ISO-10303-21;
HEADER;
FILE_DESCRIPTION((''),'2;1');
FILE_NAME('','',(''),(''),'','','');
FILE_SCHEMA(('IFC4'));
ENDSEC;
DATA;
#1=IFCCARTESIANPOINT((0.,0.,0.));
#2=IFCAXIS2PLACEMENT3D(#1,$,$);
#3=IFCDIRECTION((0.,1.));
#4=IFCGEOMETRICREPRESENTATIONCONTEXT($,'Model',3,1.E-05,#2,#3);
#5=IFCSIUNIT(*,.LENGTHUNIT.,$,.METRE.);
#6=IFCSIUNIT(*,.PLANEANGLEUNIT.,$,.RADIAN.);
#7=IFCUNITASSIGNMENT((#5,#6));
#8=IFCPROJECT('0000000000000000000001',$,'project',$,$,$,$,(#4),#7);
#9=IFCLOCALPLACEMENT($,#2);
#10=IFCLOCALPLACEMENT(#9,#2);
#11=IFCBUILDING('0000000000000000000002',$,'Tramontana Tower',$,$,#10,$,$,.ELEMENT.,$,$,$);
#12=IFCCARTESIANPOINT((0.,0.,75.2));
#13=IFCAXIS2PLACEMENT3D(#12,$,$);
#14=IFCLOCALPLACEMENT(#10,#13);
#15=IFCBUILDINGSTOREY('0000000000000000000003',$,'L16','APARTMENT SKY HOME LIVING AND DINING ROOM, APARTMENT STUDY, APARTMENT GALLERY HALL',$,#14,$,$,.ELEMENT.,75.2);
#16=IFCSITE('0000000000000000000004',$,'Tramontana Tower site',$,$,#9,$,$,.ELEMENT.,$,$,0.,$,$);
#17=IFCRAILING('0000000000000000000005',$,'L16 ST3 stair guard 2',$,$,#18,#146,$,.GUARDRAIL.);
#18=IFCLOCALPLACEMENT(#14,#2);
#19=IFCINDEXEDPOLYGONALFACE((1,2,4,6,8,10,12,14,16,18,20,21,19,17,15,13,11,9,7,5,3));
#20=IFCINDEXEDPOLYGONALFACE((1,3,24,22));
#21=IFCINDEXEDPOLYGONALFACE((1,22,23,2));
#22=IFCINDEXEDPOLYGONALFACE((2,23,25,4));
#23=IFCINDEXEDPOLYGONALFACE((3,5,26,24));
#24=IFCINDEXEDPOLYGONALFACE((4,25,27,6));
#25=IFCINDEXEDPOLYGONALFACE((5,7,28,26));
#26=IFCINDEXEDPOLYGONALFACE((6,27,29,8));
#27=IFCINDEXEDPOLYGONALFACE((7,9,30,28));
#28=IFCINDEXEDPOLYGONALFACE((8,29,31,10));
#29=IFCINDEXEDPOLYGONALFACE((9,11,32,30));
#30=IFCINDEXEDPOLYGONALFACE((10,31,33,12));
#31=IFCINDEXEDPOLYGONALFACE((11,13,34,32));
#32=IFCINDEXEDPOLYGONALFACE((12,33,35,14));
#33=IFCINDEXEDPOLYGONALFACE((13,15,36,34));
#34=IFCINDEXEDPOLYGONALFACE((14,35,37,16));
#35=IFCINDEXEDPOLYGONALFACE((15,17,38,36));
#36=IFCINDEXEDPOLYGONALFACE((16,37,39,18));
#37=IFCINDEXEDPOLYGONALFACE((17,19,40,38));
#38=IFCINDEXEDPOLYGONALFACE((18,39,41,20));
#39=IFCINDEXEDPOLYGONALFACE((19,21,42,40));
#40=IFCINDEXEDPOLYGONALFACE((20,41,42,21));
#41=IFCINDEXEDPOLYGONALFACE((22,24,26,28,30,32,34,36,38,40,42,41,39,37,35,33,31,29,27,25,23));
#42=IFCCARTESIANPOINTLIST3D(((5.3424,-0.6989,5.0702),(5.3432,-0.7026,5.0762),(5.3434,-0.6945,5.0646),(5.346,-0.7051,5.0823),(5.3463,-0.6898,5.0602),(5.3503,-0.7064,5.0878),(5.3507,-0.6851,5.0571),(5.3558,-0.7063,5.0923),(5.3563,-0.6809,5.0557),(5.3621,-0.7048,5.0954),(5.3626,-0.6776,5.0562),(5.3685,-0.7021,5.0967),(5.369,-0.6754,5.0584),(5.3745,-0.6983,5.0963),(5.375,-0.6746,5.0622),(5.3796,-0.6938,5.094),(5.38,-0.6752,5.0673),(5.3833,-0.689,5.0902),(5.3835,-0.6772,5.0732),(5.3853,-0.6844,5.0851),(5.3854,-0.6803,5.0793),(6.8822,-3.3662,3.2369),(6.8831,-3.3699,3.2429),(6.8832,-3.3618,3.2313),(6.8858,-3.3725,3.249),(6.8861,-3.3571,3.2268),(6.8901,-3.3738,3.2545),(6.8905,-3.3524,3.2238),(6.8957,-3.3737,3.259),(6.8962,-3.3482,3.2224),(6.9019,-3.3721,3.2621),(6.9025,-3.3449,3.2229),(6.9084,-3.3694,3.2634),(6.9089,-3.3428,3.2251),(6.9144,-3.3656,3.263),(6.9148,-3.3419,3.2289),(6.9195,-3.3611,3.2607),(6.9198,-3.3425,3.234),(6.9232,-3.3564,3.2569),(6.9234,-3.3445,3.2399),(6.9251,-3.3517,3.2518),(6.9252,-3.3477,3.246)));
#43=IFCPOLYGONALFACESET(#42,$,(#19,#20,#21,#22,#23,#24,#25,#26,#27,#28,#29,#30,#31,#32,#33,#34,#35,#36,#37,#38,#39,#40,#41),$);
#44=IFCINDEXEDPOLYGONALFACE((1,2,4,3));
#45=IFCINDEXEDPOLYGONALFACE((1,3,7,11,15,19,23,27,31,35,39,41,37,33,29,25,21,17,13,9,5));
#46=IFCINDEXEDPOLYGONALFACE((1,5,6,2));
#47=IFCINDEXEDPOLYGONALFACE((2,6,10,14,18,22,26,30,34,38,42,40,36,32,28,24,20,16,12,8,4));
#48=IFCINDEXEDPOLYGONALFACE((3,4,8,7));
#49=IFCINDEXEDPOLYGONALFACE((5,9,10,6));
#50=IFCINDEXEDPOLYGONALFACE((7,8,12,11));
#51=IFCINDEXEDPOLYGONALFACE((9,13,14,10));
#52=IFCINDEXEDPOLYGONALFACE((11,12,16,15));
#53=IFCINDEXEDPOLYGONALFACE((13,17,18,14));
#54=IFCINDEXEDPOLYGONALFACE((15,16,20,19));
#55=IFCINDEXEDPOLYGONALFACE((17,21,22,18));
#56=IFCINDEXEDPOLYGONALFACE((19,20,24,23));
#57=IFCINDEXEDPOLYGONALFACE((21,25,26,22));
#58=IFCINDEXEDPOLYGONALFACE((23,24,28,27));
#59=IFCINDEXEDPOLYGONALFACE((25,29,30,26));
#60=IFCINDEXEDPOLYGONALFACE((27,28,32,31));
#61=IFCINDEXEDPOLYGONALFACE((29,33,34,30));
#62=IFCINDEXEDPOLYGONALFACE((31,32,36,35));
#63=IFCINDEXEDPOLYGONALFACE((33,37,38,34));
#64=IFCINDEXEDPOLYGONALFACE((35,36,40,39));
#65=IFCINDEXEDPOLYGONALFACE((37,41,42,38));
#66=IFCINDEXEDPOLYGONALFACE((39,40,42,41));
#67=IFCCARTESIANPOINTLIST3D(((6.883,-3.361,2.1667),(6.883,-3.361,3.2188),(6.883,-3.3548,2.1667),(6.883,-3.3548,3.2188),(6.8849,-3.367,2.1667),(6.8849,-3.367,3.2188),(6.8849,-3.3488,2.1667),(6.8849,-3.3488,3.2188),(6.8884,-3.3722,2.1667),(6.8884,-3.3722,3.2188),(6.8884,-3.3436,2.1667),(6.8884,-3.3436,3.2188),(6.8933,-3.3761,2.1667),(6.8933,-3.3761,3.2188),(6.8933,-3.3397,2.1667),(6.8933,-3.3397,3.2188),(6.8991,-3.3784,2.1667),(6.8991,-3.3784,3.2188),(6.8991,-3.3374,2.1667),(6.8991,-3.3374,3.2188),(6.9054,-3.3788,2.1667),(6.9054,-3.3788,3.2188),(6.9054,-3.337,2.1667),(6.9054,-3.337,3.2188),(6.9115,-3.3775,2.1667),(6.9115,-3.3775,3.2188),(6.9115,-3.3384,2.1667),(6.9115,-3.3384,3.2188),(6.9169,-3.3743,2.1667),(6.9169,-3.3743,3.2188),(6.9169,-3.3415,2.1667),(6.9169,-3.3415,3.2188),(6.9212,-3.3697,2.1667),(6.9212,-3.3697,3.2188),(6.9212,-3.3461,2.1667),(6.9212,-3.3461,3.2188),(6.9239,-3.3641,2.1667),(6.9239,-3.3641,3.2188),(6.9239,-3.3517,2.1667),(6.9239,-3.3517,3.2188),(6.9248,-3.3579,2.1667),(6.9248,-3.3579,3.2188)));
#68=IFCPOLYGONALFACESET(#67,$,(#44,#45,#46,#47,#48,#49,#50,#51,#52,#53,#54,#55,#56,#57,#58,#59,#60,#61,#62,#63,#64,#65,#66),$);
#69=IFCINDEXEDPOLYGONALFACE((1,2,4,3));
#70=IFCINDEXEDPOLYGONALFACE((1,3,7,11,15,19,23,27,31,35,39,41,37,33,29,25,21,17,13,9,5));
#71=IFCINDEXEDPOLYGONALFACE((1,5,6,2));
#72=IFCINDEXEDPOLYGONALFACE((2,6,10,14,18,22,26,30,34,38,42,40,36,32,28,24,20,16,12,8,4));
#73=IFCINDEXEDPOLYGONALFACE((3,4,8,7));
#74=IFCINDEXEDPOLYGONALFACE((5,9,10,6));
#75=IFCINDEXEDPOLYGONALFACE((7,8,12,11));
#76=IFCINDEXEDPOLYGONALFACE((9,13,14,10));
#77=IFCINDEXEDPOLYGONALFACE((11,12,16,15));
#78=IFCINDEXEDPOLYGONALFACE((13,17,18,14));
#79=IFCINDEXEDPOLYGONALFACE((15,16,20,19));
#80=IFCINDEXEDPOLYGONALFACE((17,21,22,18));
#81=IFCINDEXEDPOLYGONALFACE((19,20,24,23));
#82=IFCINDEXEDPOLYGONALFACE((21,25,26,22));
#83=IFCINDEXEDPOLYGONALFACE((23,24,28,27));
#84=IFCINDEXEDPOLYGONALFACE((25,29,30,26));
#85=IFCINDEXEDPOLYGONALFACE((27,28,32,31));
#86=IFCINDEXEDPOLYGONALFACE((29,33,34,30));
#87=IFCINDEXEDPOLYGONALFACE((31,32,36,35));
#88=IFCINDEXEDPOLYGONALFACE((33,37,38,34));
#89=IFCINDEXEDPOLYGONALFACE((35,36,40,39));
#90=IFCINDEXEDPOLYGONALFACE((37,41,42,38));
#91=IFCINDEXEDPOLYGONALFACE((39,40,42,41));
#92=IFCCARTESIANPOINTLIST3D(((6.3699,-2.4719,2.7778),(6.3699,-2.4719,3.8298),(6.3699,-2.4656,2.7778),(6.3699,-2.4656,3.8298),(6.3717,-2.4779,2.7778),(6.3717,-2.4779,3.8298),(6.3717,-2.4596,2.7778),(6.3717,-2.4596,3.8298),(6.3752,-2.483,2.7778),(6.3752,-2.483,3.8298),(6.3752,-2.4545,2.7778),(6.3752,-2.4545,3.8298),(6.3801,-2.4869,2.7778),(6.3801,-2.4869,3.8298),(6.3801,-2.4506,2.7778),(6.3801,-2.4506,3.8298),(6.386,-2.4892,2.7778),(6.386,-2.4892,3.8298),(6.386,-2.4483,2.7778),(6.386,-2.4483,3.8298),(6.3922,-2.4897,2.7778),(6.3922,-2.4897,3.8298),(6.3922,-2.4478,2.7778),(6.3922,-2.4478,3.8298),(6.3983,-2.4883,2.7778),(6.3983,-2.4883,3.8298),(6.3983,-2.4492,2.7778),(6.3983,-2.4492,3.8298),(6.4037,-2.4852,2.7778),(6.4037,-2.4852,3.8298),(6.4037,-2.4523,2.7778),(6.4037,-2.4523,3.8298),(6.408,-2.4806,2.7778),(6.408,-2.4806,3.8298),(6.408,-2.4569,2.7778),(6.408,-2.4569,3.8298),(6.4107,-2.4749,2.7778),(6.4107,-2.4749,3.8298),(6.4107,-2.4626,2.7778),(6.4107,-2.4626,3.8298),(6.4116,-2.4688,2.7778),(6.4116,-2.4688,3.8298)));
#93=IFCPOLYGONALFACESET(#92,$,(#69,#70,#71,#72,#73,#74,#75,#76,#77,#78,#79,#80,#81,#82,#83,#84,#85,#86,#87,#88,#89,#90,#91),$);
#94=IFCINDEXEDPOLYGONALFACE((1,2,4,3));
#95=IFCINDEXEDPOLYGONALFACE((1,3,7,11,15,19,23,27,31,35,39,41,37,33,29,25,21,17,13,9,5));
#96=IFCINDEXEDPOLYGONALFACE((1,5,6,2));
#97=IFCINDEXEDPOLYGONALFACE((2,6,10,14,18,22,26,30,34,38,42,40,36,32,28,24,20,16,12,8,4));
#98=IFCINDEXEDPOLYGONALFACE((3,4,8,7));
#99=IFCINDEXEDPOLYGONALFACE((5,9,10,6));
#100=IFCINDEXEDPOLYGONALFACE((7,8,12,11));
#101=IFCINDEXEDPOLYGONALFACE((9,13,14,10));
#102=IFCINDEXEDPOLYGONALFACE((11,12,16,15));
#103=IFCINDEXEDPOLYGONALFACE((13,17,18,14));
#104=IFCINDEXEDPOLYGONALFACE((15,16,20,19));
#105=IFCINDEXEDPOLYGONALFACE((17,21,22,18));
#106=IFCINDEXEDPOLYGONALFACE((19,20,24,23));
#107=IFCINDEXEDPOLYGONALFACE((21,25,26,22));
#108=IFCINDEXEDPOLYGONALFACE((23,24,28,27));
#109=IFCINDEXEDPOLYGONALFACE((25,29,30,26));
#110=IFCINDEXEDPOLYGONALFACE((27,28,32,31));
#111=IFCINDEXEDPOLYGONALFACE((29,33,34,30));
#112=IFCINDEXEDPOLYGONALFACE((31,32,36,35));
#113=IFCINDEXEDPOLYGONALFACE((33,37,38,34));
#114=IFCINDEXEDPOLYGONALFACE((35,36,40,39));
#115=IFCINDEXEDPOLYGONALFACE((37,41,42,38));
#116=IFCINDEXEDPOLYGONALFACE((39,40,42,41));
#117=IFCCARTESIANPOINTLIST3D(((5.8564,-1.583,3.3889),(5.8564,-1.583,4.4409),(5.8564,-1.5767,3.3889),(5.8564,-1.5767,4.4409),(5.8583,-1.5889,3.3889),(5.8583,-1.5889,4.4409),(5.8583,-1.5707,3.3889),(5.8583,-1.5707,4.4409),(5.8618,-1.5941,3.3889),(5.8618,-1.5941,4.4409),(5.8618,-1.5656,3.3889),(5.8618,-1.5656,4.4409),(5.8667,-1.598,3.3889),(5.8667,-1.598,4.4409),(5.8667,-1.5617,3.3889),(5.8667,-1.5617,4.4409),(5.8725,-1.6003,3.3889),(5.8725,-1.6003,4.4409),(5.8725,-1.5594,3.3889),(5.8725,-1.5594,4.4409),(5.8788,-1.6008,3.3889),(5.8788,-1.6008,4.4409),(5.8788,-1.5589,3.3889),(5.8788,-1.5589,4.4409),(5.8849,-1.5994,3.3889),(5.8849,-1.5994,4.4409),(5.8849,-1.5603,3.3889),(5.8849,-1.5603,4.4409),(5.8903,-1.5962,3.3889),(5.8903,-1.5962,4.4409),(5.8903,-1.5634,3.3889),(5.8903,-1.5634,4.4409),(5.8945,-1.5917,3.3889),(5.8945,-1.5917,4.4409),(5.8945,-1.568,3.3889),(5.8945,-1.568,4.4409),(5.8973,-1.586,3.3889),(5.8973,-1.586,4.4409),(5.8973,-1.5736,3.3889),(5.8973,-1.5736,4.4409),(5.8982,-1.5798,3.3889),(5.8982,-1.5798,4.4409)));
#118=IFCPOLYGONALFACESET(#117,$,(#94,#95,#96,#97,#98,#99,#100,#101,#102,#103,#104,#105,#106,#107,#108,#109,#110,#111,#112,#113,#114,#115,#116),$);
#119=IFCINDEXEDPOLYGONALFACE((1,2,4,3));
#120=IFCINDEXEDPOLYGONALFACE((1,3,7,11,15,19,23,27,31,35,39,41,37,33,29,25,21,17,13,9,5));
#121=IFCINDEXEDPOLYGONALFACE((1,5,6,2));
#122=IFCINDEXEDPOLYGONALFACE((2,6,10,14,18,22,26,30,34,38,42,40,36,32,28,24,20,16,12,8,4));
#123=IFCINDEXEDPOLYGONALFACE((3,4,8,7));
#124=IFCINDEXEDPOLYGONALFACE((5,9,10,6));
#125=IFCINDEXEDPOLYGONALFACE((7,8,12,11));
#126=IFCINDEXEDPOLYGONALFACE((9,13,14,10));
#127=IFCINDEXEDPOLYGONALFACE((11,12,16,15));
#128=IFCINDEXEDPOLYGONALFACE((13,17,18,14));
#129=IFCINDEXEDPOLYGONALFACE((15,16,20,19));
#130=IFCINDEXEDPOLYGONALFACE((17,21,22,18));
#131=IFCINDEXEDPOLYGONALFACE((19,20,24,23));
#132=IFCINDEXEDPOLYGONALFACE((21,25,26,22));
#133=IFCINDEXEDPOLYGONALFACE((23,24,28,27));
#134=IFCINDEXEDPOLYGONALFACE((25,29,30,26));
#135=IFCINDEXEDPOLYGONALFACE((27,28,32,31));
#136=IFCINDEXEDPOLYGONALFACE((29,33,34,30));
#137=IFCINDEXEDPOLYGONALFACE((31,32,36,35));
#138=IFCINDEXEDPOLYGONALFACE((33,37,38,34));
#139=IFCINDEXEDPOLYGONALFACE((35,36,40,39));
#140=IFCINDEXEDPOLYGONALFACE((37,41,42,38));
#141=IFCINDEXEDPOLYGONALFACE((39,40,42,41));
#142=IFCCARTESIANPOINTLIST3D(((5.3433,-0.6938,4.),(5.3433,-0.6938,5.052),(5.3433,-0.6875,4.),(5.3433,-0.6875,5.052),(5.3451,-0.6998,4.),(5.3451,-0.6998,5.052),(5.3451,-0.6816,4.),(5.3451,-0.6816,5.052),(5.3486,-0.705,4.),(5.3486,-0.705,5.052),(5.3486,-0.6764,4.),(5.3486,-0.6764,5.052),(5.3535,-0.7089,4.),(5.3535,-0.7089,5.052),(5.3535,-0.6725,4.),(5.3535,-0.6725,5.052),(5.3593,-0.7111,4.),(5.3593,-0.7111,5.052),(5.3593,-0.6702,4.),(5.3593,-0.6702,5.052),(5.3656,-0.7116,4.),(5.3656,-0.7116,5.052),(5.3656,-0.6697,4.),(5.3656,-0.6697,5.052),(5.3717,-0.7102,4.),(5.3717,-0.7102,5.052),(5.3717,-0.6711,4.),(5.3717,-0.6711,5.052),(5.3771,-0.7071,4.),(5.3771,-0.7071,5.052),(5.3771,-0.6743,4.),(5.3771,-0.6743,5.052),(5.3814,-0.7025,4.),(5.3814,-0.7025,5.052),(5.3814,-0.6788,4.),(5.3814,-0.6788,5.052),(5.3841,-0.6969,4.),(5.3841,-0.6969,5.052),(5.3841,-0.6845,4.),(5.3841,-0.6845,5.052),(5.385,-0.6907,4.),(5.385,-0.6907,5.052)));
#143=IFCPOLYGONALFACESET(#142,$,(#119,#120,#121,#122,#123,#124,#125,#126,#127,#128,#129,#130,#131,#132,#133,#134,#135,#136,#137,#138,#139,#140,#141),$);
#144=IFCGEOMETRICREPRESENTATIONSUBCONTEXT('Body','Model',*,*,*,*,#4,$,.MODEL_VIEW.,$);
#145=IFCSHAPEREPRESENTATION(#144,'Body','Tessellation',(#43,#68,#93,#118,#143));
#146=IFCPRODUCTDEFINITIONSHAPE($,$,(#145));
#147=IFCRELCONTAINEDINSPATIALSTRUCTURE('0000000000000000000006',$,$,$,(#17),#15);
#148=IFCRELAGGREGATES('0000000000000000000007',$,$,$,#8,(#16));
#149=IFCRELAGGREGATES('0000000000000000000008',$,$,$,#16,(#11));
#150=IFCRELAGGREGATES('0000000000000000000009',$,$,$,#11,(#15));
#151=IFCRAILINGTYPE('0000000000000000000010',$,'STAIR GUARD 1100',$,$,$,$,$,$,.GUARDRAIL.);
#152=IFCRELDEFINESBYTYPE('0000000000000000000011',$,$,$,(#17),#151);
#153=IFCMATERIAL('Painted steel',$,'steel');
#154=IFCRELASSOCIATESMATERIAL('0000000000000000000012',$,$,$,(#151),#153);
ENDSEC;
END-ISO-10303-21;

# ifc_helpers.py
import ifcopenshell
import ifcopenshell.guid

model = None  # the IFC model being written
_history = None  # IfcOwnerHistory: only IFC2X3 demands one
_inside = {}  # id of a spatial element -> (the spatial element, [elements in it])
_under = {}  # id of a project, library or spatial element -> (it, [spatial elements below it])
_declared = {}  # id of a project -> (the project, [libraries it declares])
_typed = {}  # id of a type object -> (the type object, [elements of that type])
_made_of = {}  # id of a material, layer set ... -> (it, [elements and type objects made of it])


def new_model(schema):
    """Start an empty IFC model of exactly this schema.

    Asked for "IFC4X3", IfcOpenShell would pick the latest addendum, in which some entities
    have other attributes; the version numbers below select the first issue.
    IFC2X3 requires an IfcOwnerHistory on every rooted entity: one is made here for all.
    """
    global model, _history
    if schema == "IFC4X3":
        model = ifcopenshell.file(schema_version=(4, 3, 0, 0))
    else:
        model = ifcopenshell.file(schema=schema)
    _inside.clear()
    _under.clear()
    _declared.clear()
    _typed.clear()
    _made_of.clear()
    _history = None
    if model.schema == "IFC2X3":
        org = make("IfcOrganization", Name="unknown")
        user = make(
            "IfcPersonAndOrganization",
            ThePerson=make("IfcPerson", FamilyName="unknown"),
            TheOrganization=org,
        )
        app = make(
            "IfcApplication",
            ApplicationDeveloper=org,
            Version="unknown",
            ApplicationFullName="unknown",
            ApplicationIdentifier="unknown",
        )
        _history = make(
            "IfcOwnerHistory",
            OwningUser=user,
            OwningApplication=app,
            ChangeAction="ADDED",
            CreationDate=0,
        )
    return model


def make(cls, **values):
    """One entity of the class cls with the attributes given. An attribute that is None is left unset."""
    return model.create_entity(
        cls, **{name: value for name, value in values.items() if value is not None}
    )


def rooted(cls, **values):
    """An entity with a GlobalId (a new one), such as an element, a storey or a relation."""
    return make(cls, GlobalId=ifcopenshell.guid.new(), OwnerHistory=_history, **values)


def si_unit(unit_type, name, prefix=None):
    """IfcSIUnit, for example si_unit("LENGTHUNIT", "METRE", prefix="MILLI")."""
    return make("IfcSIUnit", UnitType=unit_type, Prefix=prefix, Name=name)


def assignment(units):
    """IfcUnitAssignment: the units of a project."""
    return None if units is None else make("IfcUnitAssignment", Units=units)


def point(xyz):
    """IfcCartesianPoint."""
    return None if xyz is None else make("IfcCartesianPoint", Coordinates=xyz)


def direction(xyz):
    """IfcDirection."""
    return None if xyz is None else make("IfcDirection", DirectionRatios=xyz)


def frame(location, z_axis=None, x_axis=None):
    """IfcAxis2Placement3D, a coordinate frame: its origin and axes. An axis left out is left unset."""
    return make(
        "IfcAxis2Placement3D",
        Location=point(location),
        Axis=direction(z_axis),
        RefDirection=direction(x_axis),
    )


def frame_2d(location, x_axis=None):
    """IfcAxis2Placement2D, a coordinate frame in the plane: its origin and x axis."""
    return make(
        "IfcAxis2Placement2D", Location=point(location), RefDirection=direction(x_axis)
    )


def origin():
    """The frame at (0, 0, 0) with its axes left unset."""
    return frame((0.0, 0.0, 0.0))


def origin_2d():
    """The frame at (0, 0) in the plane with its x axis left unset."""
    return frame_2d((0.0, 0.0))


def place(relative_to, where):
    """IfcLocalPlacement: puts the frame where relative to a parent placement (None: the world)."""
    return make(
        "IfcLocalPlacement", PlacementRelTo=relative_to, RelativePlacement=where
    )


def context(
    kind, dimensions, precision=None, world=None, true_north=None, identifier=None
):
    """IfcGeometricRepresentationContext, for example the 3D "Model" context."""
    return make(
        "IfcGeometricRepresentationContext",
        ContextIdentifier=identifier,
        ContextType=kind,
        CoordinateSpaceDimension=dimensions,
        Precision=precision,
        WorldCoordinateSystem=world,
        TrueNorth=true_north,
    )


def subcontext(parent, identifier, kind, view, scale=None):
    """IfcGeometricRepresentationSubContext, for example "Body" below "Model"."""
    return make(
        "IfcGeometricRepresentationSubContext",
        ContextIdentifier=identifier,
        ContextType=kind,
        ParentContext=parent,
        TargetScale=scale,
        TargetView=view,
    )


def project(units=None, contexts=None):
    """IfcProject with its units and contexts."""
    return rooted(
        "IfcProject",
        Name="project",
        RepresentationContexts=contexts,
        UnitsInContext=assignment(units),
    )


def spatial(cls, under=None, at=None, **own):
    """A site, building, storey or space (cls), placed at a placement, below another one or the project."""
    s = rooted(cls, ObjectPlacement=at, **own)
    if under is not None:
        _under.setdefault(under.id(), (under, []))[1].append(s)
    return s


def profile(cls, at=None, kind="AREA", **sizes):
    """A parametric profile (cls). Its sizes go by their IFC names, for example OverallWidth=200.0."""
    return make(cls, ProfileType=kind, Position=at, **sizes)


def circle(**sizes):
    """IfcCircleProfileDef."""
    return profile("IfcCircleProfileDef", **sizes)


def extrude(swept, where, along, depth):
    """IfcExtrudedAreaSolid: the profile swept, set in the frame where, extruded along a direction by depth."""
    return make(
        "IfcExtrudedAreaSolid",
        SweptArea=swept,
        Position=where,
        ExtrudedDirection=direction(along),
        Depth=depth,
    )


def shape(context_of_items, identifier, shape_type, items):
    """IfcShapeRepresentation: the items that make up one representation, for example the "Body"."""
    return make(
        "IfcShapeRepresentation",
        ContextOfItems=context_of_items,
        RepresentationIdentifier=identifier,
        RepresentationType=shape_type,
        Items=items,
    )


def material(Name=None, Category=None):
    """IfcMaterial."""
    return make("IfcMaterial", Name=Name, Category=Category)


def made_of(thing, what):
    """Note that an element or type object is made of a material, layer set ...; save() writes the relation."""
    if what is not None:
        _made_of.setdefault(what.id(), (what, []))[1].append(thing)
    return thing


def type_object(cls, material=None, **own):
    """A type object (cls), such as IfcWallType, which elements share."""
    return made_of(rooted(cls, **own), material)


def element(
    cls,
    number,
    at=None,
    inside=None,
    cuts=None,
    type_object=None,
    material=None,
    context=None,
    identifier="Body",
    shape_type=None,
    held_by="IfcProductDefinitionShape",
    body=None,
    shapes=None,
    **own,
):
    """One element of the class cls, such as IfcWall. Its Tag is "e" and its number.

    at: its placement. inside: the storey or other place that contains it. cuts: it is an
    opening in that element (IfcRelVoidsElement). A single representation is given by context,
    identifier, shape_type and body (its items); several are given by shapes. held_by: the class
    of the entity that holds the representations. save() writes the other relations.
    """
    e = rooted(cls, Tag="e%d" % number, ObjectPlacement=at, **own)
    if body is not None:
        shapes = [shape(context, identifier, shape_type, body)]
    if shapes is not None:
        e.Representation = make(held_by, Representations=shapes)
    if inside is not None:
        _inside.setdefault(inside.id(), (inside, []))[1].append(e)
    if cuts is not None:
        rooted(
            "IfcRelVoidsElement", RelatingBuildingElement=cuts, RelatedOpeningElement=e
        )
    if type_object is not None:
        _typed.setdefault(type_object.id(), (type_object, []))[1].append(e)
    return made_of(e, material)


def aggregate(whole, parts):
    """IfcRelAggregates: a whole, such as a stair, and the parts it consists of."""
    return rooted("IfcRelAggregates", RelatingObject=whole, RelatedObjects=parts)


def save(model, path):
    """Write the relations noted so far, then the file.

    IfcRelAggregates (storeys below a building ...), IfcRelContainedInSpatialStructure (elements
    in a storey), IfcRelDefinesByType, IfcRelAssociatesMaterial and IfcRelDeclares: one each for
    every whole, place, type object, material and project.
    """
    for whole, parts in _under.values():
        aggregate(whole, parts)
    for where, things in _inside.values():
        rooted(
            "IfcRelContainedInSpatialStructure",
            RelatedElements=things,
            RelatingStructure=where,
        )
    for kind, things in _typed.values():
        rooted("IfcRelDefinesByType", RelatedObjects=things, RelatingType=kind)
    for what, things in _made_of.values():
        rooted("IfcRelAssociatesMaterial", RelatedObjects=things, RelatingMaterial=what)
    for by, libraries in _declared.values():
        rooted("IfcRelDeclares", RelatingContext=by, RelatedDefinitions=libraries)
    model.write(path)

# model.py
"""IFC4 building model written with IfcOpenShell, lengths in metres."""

from ifc_helpers import new_model, si_unit, direction, frame, origin, origin_2d, place, context, subcontext, project, spatial, circle, extrude, material, type_object, element, save


model = new_model("IFC4")

# Units and contexts
model_context = context("Model", 3, precision=1e-05, world=origin(), true_north=direction((0.0, 1.0)))
body_context = subcontext(model_context, "Body", "Model", "MODEL_VIEW")
ifc_project = project(units=[si_unit("LENGTHUNIT", "METRE"), si_unit("PLANEANGLEUNIT", "RADIAN")], contexts=[model_context])

# Site, building, storey
site_placement = place(None, origin())
site = spatial("IfcSite", under=ifc_project, at=site_placement, Name="Tramontana Tower site", CompositionType="ELEMENT", RefElevation=0.0)
building_placement = place(site_placement, origin())
building = spatial("IfcBuilding", under=site, at=building_placement, Name="Tramontana Tower", CompositionType="ELEMENT")
storey_placement = place(building_placement, frame((0.0, 0.0, 75.2)))
storey = spatial("IfcBuildingStorey", under=building, at=storey_placement, Name="L16", Description="APARTMENT SKY HOME LIVING AND DINING ROOM, APARTMENT STUDY, APARTMENT GALLERY HALL", CompositionType="ELEMENT", Elevation=75.2)

# Railing
ifc_material_1 = material(Name="Painted steel", Category="steel")
railing_type_1 = type_object("IfcRailingType", Name="STAIR GUARD 1100", PredefinedType="GUARDRAIL", material=ifc_material_1)
railing_1_placement = place(storey_placement, frame((6.9038, -3.3579, 2.1667)))
element("IfcRailing", 1, at=railing_1_placement, inside=storey, type_object=railing_type_1, Name="L16 ST3 stair guard 2", PredefinedType="GUARDRAIL", context=body_context, shape_type="SweptSolid", body=[
    extrude(circle(Radius=0.0239, at=origin_2d()), frame((0.0, 0.0, 1.0762), z_axis=(-0.429616, 0.744181, 0.511493), x_axis=(-0.866044, -0.499967, 0.0)), (0.0, 0.0, 1.0), 3.5842),
    extrude(circle(Radius=0.021, at=origin_2d()), origin(), (0.0, 0.0, 1.0), 1.052),
    extrude(circle(Radius=0.021, at=origin_2d()), frame((-0.5132, 0.8892, 0.6111)), (0.0, 0.0, 1.0), 1.052),
    extrude(circle(Radius=0.021, at=origin_2d()), frame((-1.0266, 1.7781, 1.2222)), (0.0, 0.0, 1.0), 1.052),
    extrude(circle(Radius=0.021, at=origin_2d()), frame((-1.5398, 2.6672, 1.8333)), (0.0, 0.0, 1.0), 1.052),
])

save(model, "model.ifc")
